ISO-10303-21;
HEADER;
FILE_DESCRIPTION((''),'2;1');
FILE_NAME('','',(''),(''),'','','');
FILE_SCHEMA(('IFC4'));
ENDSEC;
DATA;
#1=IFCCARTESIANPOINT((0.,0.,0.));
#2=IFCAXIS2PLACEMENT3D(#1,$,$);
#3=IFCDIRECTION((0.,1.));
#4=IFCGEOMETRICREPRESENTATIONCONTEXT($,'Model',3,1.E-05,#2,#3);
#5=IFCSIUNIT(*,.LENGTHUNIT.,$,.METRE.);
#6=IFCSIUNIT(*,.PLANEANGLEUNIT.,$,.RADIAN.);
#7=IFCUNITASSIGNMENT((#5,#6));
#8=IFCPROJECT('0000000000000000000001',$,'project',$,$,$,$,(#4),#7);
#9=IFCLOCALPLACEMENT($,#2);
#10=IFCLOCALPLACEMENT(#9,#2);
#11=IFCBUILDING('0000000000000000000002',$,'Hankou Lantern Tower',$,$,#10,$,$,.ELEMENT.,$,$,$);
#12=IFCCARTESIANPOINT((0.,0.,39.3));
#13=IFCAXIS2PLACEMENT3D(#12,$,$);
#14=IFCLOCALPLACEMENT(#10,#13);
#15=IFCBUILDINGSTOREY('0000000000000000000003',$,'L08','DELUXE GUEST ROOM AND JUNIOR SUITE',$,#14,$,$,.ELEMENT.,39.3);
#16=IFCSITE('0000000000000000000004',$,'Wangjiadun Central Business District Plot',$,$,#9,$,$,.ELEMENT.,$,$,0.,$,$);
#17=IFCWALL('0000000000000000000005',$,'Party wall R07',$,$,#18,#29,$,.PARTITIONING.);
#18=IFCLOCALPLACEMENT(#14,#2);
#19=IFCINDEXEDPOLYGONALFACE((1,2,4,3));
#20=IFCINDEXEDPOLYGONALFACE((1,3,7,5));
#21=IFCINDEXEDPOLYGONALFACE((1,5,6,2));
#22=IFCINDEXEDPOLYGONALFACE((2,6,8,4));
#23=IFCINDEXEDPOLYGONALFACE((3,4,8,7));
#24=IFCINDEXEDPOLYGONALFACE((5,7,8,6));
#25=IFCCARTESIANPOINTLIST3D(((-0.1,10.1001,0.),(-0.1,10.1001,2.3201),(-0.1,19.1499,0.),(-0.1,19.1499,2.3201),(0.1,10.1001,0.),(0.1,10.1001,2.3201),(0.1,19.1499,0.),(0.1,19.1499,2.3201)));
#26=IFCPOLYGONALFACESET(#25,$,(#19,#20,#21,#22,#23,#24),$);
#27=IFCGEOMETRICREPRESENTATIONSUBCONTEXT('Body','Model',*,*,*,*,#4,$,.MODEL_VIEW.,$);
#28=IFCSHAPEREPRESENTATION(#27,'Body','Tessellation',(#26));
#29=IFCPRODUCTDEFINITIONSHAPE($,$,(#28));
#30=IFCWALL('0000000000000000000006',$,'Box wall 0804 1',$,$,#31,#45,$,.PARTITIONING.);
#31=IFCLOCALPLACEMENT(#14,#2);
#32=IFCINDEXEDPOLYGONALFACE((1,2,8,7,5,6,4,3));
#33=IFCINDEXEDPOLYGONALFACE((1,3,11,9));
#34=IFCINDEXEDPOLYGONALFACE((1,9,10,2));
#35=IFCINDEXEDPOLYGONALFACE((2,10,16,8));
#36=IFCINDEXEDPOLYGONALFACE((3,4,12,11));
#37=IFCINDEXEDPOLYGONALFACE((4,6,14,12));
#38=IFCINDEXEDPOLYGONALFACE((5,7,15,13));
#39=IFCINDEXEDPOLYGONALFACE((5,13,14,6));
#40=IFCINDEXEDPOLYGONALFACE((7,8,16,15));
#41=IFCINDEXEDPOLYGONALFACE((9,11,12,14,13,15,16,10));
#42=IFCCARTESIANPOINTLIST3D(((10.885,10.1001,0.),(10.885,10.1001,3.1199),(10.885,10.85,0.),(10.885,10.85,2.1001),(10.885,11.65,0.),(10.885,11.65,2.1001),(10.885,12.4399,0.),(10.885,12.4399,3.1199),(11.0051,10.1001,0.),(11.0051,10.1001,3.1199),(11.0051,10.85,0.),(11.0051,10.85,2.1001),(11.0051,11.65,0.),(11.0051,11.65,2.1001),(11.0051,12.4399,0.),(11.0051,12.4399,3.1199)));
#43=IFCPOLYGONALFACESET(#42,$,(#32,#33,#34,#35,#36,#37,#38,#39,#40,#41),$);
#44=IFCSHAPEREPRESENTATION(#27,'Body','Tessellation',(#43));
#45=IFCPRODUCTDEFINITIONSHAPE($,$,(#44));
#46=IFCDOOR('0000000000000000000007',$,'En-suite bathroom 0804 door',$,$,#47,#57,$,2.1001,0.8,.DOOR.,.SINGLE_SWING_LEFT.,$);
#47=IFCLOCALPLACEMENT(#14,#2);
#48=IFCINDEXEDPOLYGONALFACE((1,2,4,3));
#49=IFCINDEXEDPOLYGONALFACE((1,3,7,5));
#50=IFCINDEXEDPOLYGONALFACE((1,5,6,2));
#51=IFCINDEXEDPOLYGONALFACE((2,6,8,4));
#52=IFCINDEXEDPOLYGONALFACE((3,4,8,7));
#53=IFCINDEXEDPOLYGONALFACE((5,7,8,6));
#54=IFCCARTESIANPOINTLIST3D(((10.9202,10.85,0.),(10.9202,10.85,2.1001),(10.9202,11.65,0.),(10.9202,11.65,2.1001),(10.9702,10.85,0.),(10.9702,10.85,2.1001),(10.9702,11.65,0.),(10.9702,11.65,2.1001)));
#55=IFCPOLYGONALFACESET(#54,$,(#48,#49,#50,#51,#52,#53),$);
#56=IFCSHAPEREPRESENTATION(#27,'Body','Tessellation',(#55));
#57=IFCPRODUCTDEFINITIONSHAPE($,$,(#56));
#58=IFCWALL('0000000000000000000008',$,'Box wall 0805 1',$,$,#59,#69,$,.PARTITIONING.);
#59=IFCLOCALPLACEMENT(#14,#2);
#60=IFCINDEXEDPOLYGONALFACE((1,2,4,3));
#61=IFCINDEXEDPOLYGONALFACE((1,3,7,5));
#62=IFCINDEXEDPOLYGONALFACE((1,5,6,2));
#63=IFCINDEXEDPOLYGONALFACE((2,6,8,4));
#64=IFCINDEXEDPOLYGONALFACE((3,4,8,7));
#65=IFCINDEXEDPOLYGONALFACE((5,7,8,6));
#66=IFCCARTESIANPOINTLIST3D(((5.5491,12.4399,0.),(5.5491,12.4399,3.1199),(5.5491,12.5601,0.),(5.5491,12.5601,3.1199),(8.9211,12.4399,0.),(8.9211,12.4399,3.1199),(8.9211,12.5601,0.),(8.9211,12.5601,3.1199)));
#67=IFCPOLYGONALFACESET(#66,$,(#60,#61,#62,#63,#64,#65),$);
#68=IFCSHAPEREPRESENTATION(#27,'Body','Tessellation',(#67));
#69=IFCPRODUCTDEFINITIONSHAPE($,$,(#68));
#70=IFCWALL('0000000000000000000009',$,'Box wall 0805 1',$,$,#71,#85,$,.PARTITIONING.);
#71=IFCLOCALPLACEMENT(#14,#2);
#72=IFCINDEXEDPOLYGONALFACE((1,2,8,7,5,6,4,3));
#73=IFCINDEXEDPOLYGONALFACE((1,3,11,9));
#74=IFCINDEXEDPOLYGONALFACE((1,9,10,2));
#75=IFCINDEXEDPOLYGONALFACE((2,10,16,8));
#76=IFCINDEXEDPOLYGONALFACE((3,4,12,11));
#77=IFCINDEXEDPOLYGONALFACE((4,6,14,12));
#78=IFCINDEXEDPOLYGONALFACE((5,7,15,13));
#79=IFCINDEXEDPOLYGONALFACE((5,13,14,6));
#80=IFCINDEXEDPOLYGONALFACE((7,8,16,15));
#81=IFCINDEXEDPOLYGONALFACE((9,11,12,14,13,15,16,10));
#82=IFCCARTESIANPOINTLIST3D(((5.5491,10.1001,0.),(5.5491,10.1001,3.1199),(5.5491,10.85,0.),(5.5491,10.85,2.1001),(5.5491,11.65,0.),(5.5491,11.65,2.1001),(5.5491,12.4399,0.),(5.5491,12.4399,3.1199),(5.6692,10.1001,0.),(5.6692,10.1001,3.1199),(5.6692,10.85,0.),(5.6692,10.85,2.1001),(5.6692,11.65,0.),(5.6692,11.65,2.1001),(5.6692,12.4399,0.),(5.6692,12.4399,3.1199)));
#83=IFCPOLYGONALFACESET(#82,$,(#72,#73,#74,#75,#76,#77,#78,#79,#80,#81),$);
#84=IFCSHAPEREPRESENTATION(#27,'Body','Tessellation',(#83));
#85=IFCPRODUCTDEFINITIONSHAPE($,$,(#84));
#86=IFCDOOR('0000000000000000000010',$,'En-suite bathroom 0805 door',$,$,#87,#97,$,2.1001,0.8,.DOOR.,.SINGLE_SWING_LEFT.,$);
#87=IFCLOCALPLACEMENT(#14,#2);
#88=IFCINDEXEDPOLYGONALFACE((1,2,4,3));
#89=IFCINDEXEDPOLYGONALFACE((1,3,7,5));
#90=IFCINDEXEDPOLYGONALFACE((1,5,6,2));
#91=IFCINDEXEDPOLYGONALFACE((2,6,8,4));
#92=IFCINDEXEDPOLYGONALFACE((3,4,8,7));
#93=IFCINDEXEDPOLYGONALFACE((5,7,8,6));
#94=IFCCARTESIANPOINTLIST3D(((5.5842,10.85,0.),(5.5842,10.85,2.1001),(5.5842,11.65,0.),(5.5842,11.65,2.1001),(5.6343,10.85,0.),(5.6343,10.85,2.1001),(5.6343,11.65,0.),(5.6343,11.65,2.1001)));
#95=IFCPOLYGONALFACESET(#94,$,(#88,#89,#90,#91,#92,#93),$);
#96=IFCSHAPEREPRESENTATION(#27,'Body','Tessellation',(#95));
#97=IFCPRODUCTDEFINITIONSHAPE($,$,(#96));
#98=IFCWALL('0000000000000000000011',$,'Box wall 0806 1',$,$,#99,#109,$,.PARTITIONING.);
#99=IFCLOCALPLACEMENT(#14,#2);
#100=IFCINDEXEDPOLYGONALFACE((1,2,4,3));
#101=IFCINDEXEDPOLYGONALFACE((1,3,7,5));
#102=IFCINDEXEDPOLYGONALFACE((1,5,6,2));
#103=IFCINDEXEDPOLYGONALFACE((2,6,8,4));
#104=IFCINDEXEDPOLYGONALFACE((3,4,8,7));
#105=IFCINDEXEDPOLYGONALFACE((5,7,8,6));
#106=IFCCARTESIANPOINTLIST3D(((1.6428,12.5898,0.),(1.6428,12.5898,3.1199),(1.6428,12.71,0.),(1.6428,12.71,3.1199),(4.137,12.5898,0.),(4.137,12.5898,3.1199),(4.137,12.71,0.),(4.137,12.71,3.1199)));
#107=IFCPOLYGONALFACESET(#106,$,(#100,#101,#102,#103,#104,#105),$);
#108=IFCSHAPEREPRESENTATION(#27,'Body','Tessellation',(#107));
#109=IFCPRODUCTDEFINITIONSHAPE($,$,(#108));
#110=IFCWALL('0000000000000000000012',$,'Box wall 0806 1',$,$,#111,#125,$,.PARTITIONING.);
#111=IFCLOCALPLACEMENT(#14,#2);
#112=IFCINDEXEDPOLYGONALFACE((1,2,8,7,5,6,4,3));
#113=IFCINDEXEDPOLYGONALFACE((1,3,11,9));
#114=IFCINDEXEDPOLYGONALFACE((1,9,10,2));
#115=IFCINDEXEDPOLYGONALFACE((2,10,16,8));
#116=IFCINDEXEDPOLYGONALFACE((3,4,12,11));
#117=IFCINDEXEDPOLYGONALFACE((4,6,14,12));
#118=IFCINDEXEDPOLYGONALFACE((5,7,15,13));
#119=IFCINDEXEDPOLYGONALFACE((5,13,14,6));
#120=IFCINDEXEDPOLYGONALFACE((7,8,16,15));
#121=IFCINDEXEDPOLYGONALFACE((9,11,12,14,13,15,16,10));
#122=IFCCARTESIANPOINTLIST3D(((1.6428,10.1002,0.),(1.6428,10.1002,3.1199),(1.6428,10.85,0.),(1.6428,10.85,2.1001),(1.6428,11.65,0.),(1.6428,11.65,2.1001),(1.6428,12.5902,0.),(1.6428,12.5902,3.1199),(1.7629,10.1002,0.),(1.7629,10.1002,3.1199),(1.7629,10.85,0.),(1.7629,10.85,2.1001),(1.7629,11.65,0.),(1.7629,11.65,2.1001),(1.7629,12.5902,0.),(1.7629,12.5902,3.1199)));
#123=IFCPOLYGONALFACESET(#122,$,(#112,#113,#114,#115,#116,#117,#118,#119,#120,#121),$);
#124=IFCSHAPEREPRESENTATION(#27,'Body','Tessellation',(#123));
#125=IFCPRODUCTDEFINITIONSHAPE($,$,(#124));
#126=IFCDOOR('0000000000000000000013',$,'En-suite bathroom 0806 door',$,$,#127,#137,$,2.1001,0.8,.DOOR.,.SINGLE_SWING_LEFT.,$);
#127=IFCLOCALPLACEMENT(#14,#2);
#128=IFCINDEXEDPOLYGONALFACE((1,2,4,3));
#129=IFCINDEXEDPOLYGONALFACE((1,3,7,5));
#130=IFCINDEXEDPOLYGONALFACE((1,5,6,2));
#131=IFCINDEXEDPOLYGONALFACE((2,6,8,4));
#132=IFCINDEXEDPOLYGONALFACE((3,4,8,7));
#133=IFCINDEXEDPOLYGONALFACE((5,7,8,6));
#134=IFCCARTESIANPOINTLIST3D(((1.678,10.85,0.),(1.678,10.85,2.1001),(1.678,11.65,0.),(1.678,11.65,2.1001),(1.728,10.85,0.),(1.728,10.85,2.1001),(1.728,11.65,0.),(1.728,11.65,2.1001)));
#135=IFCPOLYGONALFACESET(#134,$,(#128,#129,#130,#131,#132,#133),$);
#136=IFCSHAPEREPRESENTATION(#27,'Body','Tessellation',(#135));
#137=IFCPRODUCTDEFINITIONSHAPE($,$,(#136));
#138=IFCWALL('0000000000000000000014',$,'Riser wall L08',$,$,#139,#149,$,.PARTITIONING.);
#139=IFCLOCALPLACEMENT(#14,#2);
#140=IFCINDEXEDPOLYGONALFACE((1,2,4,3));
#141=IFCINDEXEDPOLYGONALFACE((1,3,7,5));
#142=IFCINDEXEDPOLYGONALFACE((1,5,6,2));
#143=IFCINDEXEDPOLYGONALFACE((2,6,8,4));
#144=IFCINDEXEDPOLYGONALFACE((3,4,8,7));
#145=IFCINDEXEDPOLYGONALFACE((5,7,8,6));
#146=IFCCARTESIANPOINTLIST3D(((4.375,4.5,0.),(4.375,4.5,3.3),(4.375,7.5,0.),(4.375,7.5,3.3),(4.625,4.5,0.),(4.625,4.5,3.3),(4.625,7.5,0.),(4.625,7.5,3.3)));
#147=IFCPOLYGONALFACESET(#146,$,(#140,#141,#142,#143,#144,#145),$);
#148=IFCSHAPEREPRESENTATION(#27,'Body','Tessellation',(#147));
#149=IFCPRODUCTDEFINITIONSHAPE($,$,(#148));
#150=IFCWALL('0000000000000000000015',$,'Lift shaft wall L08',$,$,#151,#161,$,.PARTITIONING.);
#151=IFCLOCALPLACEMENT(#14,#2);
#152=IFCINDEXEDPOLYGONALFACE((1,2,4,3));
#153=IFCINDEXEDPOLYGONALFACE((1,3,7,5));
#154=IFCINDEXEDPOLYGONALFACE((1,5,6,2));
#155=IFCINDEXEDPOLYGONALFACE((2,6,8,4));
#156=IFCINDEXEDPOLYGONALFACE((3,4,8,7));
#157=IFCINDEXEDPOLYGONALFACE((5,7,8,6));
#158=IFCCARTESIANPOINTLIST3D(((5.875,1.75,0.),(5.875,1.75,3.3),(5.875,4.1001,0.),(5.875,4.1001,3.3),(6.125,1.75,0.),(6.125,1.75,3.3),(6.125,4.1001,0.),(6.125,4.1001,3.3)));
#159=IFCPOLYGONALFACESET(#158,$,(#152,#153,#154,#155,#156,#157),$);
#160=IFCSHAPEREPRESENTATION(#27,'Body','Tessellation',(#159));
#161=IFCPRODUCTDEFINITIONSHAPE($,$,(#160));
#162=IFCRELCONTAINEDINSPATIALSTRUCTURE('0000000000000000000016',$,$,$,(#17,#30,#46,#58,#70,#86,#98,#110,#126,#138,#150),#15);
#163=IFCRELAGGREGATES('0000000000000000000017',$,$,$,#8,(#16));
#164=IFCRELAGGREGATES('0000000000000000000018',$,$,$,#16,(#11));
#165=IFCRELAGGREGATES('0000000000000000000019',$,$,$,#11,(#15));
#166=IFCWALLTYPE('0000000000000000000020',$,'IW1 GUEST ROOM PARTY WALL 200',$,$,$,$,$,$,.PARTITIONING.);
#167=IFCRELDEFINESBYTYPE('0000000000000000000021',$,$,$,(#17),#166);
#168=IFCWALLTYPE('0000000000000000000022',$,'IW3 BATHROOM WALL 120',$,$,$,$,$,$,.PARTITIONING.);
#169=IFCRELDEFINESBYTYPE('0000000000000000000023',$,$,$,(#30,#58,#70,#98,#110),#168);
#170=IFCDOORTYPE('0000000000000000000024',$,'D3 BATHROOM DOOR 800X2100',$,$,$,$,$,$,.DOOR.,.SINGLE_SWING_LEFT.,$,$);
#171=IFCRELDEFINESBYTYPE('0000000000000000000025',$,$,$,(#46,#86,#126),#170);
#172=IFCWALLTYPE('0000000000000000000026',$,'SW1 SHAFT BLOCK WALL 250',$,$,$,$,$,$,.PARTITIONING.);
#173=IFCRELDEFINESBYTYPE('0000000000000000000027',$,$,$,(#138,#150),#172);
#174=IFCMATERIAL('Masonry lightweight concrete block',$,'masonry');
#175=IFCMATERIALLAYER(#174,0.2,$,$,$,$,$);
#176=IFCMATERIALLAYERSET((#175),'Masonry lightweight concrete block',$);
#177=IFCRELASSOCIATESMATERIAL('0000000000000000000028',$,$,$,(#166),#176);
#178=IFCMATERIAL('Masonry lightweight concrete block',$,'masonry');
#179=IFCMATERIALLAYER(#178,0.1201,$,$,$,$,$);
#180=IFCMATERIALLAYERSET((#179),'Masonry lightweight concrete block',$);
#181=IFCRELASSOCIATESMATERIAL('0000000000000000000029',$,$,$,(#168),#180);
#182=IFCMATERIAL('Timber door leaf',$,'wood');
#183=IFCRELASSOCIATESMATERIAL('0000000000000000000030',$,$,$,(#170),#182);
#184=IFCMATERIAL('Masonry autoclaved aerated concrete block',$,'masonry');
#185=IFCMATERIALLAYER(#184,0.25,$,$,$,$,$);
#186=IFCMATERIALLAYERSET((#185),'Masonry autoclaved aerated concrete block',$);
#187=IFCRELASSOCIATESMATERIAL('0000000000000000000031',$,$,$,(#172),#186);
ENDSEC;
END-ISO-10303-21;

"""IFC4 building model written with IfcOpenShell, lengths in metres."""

from ifc_helpers import new_model, si_unit, direction, frame, frame_2d, origin, place, context, subcontext, project, spatial, rectangle, extrude, material, layer, layer_set, type_object, element, fill, save


model = new_model("IFC4")

# Units and contexts
model_context = context("Model", 3, precision=1e-05, world=origin(), true_north=direction((0.0, 1.0)))
body_context = subcontext(model_context, "Body", "Model", "MODEL_VIEW")
ifc_project = project(units=[si_unit("LENGTHUNIT", "METRE"), si_unit("PLANEANGLEUNIT", "RADIAN")], contexts=[model_context])

# Site, building, storey
site_placement = place(None, origin())
site = spatial("IfcSite", under=ifc_project, at=site_placement, Name="Wangjiadun Central Business District Plot", CompositionType="ELEMENT", RefElevation=0.0)
building_placement = place(site_placement, origin())
building = spatial("IfcBuilding", under=site, at=building_placement, Name="Hankou Lantern Tower", CompositionType="ELEMENT")
storey_placement = place(building_placement, frame((0.0, 0.0, 39.3)))
storey = spatial("IfcBuildingStorey", under=building, at=storey_placement, Name="L08", Description="DELUXE GUEST ROOM AND JUNIOR SUITE", CompositionType="ELEMENT", Elevation=39.3)

# Wall
ifc_material_1 = material(Name="Masonry lightweight concrete block", Category="masonry")
ifc_layer_1 = layer(ifc_material_1, 0.2)
ifc_layer_set_1 = layer_set([ifc_layer_1], Name="Masonry lightweight concrete block")
wall_type_1 = type_object("IfcWallType", Name="IW1 GUEST ROOM PARTY WALL 200", PredefinedType="PARTITIONING", material=ifc_layer_set_1)
wall_1_placement = place(storey_placement, frame((0.0, 10.1001, 0.0), z_axis=(0.0, 0.0, 1.0), x_axis=(0.0, 1.0, 0.0)))
element("IfcWall", 1, at=wall_1_placement, inside=storey, type_object=wall_type_1, Name="Party wall R07", PredefinedType="PARTITIONING", context=body_context, shape_type="SweptSolid", body=[
    extrude(rectangle(XDim=9.0498, YDim=0.2, at=frame_2d((4.5249, 0.0))), origin(), (0.0, 0.0, 1.0), 2.3201),
])

# Wall, opening, door
ifc_material_2 = material(Name="Masonry lightweight concrete block", Category="masonry")
ifc_layer_2 = layer(ifc_material_2, 0.1201)
ifc_layer_set_2 = layer_set([ifc_layer_2], Name="Masonry lightweight concrete block")
wall_type_2 = type_object("IfcWallType", Name="IW3 BATHROOM WALL 120", PredefinedType="PARTITIONING", material=ifc_layer_set_2)
wall_2_placement = place(storey_placement, frame((10.9451, 10.1001, 0.0), z_axis=(0.0, 0.0, 1.0), x_axis=(0.0, 1.0, 0.0)))
wall_2 = element("IfcWall", 2, at=wall_2_placement, inside=storey, type_object=wall_type_2, Name="Box wall 0804 1", PredefinedType="PARTITIONING", context=body_context, shape_type="SweptSolid", body=[
    extrude(rectangle(XDim=2.3398, YDim=0.1201, at=frame_2d((1.1699, 0.0))), origin(), (0.0, 0.0, 1.0), 3.1199),
])
opening_1_placement = place(wall_2_placement, frame((0.75, 0.0, 0.0)))
opening_1 = element("IfcOpeningElement", 3, at=opening_1_placement, cuts=wall_2, PredefinedType="OPENING", context=body_context, shape_type="SweptSolid", body=[
    extrude(rectangle(XDim=0.8, YDim=2.1001, at=frame_2d((0.3999, 1.05))), frame((0.0, 0.0701, 0.0), z_axis=(0.0, -1.0, 0.0), x_axis=(1.0, 0.0, 0.0)), (0.0, 0.0, 1.0), 0.1401),
])
ifc_material_3 = material(Name="Timber door leaf", Category="wood")
door_type_1 = type_object("IfcDoorType", Name="D3 BATHROOM DOOR 800X2100", OperationType="SINGLE_SWING_LEFT", PredefinedType="DOOR", material=ifc_material_3)
door_1_placement = place(opening_1_placement, origin())
door_1 = element("IfcDoor", 4, at=door_1_placement, inside=storey, type_object=door_type_1, Name="En-suite bathroom 0804 door", OperationType="SINGLE_SWING_LEFT", OverallHeight=2.1001, OverallWidth=0.8, PredefinedType="DOOR", context=body_context, shape_type="SweptSolid", body=[
    extrude(rectangle(XDim=0.8, YDim=2.1001, at=frame_2d((0.3999, 1.05))), frame((0.0, 0.0249, 0.0), z_axis=(0.0, -1.0, 0.0), x_axis=(1.0, 0.0, 0.0)), (0.0, 0.0, 1.0), 0.05),
])
fill(opening_1, door_1)

# Wall
wall_3_placement = place(storey_placement, frame((8.9211, 12.5, 0.0), z_axis=(0.0, 0.0, 1.0), x_axis=(-1.0, 0.0, 0.0)))
element("IfcWall", 5, at=wall_3_placement, inside=storey, type_object=wall_type_2, Name="Box wall 0805 1", PredefinedType="PARTITIONING", context=body_context, shape_type="SweptSolid", body=[
    extrude(rectangle(XDim=3.3721, YDim=0.1201, at=frame_2d((1.686, 0.0))), origin(), (0.0, 0.0, 1.0), 3.1199),
])

# Wall, opening, door
wall_4_placement = place(storey_placement, frame((5.6091, 10.1001, 0.0), z_axis=(0.0, 0.0, 1.0), x_axis=(0.0, 1.0, 0.0)))
wall_4 = element("IfcWall", 6, at=wall_4_placement, inside=storey, type_object=wall_type_2, Name="Box wall 0805 1", PredefinedType="PARTITIONING", context=body_context, shape_type="SweptSolid", body=[
    extrude(rectangle(XDim=2.3398, YDim=0.1201, at=frame_2d((1.1699, 0.0))), origin(), (0.0, 0.0, 1.0), 3.1199),
])
opening_2_placement = place(wall_4_placement, frame((0.75, 0.0, 0.0)))
opening_2 = element("IfcOpeningElement", 7, at=opening_2_placement, cuts=wall_4, PredefinedType="OPENING", context=body_context, shape_type="SweptSolid", body=[
    extrude(rectangle(XDim=0.8, YDim=2.1001, at=frame_2d((0.3999, 1.05))), frame((0.0, 0.0701, 0.0), z_axis=(0.0, -1.0, 0.0), x_axis=(1.0, 0.0, 0.0)), (0.0, 0.0, 1.0), 0.1401),
])
door_2_placement = place(opening_2_placement, origin())
door_2 = element("IfcDoor", 8, at=door_2_placement, inside=storey, type_object=door_type_1, Name="En-suite bathroom 0805 door", OperationType="SINGLE_SWING_LEFT", OverallHeight=2.1001, OverallWidth=0.8, PredefinedType="DOOR", context=body_context, shape_type="SweptSolid", body=[
    extrude(rectangle(XDim=0.8, YDim=2.1001, at=frame_2d((0.3999, 1.05))), frame((0.0, 0.0249, 0.0), z_axis=(0.0, -1.0, 0.0), x_axis=(1.0, 0.0, 0.0)), (0.0, 0.0, 1.0), 0.05),
])
fill(opening_2, door_2)

# Wall
wall_5_placement = place(storey_placement, frame((4.137, 12.6499, 0.0), z_axis=(0.0, 0.0, 1.0), x_axis=(-1.0, 0.0, 0.0)))
element("IfcWall", 9, at=wall_5_placement, inside=storey, type_object=wall_type_2, Name="Box wall 0806 1", PredefinedType="PARTITIONING", context=body_context, shape_type="SweptSolid", body=[
    extrude(rectangle(XDim=2.4941, YDim=0.1201, at=frame_2d((1.2471, 0.0))), origin(), (0.0, 0.0, 1.0), 3.1199),
])

# Wall, opening, door
wall_6_placement = place(storey_placement, frame((1.7029, 10.1001, 0.0), z_axis=(0.0, 0.0, 1.0), x_axis=(0.0, 1.0, 0.0)))
wall_6 = element("IfcWall", 10, at=wall_6_placement, inside=storey, type_object=wall_type_2, Name="Box wall 0806 1", PredefinedType="PARTITIONING", context=body_context, shape_type="SweptSolid", body=[
    extrude(rectangle(XDim=2.49, YDim=0.1201, at=frame_2d((1.2451, 0.0))), origin(), (0.0, 0.0, 1.0), 3.1199),
])
opening_3_placement = place(wall_6_placement, frame((0.75, 0.0, 0.0)))
opening_3 = element("IfcOpeningElement", 11, at=opening_3_placement, cuts=wall_6, PredefinedType="OPENING", context=body_context, shape_type="SweptSolid", body=[
    extrude(rectangle(XDim=0.8, YDim=2.1001, at=frame_2d((0.3999, 1.05))), frame((0.0, 0.0701, 0.0), z_axis=(0.0, -1.0, 0.0), x_axis=(1.0, 0.0, 0.0)), (0.0, 0.0, 1.0), 0.1401),
])
door_3_placement = place(opening_3_placement, origin())
door_3 = element("IfcDoor", 12, at=door_3_placement, inside=storey, type_object=door_type_1, Name="En-suite bathroom 0806 door", OperationType="SINGLE_SWING_LEFT", OverallHeight=2.1001, OverallWidth=0.8, PredefinedType="DOOR", context=body_context, shape_type="SweptSolid", body=[
    extrude(rectangle(XDim=0.8, YDim=2.1001, at=frame_2d((0.3999, 1.05))), frame((0.0, 0.0249, 0.0), z_axis=(0.0, -1.0, 0.0), x_axis=(1.0, 0.0, 0.0)), (0.0, 0.0, 1.0), 0.05),
])
fill(opening_3, door_3)

# Walls
ifc_material_4 = material(Name="Masonry autoclaved aerated concrete block", Category="masonry")
ifc_layer_3 = layer(ifc_material_4, 0.25)
ifc_layer_set_3 = layer_set([ifc_layer_3], Name="Masonry autoclaved aerated concrete block")
wall_type_3 = type_object("IfcWallType", Name="SW1 SHAFT BLOCK WALL 250", PredefinedType="PARTITIONING", material=ifc_layer_set_3)
wall_7_placement = place(storey_placement, frame((4.5, 4.5, 0.0), z_axis=(0.0, 0.0, 1.0), x_axis=(0.0, 1.0, 0.0)))
element("IfcWall", 13, at=wall_7_placement, inside=storey, type_object=wall_type_3, Name="Riser wall L08", PredefinedType="PARTITIONING", context=body_context, shape_type="SweptSolid", body=[
    extrude(rectangle(XDim=3.0, YDim=0.25, at=frame_2d((1.5, 0.0))), origin(), (0.0, 0.0, 1.0), 3.3),
])
wall_8_placement = place(storey_placement, frame((6.0, 1.75, 0.0), z_axis=(0.0, 0.0, 1.0), x_axis=(0.0, 1.0, 0.0)))
element("IfcWall", 14, at=wall_8_placement, inside=storey, type_object=wall_type_3, Name="Lift shaft wall L08", PredefinedType="PARTITIONING", context=body_context, shape_type="SweptSolid", body=[
    extrude(rectangle(XDim=2.3501, YDim=0.25, at=frame_2d((1.175, 0.0))), origin(), (0.0, 0.0, 1.0), 3.3),
])

save(model, "model.ifc")
